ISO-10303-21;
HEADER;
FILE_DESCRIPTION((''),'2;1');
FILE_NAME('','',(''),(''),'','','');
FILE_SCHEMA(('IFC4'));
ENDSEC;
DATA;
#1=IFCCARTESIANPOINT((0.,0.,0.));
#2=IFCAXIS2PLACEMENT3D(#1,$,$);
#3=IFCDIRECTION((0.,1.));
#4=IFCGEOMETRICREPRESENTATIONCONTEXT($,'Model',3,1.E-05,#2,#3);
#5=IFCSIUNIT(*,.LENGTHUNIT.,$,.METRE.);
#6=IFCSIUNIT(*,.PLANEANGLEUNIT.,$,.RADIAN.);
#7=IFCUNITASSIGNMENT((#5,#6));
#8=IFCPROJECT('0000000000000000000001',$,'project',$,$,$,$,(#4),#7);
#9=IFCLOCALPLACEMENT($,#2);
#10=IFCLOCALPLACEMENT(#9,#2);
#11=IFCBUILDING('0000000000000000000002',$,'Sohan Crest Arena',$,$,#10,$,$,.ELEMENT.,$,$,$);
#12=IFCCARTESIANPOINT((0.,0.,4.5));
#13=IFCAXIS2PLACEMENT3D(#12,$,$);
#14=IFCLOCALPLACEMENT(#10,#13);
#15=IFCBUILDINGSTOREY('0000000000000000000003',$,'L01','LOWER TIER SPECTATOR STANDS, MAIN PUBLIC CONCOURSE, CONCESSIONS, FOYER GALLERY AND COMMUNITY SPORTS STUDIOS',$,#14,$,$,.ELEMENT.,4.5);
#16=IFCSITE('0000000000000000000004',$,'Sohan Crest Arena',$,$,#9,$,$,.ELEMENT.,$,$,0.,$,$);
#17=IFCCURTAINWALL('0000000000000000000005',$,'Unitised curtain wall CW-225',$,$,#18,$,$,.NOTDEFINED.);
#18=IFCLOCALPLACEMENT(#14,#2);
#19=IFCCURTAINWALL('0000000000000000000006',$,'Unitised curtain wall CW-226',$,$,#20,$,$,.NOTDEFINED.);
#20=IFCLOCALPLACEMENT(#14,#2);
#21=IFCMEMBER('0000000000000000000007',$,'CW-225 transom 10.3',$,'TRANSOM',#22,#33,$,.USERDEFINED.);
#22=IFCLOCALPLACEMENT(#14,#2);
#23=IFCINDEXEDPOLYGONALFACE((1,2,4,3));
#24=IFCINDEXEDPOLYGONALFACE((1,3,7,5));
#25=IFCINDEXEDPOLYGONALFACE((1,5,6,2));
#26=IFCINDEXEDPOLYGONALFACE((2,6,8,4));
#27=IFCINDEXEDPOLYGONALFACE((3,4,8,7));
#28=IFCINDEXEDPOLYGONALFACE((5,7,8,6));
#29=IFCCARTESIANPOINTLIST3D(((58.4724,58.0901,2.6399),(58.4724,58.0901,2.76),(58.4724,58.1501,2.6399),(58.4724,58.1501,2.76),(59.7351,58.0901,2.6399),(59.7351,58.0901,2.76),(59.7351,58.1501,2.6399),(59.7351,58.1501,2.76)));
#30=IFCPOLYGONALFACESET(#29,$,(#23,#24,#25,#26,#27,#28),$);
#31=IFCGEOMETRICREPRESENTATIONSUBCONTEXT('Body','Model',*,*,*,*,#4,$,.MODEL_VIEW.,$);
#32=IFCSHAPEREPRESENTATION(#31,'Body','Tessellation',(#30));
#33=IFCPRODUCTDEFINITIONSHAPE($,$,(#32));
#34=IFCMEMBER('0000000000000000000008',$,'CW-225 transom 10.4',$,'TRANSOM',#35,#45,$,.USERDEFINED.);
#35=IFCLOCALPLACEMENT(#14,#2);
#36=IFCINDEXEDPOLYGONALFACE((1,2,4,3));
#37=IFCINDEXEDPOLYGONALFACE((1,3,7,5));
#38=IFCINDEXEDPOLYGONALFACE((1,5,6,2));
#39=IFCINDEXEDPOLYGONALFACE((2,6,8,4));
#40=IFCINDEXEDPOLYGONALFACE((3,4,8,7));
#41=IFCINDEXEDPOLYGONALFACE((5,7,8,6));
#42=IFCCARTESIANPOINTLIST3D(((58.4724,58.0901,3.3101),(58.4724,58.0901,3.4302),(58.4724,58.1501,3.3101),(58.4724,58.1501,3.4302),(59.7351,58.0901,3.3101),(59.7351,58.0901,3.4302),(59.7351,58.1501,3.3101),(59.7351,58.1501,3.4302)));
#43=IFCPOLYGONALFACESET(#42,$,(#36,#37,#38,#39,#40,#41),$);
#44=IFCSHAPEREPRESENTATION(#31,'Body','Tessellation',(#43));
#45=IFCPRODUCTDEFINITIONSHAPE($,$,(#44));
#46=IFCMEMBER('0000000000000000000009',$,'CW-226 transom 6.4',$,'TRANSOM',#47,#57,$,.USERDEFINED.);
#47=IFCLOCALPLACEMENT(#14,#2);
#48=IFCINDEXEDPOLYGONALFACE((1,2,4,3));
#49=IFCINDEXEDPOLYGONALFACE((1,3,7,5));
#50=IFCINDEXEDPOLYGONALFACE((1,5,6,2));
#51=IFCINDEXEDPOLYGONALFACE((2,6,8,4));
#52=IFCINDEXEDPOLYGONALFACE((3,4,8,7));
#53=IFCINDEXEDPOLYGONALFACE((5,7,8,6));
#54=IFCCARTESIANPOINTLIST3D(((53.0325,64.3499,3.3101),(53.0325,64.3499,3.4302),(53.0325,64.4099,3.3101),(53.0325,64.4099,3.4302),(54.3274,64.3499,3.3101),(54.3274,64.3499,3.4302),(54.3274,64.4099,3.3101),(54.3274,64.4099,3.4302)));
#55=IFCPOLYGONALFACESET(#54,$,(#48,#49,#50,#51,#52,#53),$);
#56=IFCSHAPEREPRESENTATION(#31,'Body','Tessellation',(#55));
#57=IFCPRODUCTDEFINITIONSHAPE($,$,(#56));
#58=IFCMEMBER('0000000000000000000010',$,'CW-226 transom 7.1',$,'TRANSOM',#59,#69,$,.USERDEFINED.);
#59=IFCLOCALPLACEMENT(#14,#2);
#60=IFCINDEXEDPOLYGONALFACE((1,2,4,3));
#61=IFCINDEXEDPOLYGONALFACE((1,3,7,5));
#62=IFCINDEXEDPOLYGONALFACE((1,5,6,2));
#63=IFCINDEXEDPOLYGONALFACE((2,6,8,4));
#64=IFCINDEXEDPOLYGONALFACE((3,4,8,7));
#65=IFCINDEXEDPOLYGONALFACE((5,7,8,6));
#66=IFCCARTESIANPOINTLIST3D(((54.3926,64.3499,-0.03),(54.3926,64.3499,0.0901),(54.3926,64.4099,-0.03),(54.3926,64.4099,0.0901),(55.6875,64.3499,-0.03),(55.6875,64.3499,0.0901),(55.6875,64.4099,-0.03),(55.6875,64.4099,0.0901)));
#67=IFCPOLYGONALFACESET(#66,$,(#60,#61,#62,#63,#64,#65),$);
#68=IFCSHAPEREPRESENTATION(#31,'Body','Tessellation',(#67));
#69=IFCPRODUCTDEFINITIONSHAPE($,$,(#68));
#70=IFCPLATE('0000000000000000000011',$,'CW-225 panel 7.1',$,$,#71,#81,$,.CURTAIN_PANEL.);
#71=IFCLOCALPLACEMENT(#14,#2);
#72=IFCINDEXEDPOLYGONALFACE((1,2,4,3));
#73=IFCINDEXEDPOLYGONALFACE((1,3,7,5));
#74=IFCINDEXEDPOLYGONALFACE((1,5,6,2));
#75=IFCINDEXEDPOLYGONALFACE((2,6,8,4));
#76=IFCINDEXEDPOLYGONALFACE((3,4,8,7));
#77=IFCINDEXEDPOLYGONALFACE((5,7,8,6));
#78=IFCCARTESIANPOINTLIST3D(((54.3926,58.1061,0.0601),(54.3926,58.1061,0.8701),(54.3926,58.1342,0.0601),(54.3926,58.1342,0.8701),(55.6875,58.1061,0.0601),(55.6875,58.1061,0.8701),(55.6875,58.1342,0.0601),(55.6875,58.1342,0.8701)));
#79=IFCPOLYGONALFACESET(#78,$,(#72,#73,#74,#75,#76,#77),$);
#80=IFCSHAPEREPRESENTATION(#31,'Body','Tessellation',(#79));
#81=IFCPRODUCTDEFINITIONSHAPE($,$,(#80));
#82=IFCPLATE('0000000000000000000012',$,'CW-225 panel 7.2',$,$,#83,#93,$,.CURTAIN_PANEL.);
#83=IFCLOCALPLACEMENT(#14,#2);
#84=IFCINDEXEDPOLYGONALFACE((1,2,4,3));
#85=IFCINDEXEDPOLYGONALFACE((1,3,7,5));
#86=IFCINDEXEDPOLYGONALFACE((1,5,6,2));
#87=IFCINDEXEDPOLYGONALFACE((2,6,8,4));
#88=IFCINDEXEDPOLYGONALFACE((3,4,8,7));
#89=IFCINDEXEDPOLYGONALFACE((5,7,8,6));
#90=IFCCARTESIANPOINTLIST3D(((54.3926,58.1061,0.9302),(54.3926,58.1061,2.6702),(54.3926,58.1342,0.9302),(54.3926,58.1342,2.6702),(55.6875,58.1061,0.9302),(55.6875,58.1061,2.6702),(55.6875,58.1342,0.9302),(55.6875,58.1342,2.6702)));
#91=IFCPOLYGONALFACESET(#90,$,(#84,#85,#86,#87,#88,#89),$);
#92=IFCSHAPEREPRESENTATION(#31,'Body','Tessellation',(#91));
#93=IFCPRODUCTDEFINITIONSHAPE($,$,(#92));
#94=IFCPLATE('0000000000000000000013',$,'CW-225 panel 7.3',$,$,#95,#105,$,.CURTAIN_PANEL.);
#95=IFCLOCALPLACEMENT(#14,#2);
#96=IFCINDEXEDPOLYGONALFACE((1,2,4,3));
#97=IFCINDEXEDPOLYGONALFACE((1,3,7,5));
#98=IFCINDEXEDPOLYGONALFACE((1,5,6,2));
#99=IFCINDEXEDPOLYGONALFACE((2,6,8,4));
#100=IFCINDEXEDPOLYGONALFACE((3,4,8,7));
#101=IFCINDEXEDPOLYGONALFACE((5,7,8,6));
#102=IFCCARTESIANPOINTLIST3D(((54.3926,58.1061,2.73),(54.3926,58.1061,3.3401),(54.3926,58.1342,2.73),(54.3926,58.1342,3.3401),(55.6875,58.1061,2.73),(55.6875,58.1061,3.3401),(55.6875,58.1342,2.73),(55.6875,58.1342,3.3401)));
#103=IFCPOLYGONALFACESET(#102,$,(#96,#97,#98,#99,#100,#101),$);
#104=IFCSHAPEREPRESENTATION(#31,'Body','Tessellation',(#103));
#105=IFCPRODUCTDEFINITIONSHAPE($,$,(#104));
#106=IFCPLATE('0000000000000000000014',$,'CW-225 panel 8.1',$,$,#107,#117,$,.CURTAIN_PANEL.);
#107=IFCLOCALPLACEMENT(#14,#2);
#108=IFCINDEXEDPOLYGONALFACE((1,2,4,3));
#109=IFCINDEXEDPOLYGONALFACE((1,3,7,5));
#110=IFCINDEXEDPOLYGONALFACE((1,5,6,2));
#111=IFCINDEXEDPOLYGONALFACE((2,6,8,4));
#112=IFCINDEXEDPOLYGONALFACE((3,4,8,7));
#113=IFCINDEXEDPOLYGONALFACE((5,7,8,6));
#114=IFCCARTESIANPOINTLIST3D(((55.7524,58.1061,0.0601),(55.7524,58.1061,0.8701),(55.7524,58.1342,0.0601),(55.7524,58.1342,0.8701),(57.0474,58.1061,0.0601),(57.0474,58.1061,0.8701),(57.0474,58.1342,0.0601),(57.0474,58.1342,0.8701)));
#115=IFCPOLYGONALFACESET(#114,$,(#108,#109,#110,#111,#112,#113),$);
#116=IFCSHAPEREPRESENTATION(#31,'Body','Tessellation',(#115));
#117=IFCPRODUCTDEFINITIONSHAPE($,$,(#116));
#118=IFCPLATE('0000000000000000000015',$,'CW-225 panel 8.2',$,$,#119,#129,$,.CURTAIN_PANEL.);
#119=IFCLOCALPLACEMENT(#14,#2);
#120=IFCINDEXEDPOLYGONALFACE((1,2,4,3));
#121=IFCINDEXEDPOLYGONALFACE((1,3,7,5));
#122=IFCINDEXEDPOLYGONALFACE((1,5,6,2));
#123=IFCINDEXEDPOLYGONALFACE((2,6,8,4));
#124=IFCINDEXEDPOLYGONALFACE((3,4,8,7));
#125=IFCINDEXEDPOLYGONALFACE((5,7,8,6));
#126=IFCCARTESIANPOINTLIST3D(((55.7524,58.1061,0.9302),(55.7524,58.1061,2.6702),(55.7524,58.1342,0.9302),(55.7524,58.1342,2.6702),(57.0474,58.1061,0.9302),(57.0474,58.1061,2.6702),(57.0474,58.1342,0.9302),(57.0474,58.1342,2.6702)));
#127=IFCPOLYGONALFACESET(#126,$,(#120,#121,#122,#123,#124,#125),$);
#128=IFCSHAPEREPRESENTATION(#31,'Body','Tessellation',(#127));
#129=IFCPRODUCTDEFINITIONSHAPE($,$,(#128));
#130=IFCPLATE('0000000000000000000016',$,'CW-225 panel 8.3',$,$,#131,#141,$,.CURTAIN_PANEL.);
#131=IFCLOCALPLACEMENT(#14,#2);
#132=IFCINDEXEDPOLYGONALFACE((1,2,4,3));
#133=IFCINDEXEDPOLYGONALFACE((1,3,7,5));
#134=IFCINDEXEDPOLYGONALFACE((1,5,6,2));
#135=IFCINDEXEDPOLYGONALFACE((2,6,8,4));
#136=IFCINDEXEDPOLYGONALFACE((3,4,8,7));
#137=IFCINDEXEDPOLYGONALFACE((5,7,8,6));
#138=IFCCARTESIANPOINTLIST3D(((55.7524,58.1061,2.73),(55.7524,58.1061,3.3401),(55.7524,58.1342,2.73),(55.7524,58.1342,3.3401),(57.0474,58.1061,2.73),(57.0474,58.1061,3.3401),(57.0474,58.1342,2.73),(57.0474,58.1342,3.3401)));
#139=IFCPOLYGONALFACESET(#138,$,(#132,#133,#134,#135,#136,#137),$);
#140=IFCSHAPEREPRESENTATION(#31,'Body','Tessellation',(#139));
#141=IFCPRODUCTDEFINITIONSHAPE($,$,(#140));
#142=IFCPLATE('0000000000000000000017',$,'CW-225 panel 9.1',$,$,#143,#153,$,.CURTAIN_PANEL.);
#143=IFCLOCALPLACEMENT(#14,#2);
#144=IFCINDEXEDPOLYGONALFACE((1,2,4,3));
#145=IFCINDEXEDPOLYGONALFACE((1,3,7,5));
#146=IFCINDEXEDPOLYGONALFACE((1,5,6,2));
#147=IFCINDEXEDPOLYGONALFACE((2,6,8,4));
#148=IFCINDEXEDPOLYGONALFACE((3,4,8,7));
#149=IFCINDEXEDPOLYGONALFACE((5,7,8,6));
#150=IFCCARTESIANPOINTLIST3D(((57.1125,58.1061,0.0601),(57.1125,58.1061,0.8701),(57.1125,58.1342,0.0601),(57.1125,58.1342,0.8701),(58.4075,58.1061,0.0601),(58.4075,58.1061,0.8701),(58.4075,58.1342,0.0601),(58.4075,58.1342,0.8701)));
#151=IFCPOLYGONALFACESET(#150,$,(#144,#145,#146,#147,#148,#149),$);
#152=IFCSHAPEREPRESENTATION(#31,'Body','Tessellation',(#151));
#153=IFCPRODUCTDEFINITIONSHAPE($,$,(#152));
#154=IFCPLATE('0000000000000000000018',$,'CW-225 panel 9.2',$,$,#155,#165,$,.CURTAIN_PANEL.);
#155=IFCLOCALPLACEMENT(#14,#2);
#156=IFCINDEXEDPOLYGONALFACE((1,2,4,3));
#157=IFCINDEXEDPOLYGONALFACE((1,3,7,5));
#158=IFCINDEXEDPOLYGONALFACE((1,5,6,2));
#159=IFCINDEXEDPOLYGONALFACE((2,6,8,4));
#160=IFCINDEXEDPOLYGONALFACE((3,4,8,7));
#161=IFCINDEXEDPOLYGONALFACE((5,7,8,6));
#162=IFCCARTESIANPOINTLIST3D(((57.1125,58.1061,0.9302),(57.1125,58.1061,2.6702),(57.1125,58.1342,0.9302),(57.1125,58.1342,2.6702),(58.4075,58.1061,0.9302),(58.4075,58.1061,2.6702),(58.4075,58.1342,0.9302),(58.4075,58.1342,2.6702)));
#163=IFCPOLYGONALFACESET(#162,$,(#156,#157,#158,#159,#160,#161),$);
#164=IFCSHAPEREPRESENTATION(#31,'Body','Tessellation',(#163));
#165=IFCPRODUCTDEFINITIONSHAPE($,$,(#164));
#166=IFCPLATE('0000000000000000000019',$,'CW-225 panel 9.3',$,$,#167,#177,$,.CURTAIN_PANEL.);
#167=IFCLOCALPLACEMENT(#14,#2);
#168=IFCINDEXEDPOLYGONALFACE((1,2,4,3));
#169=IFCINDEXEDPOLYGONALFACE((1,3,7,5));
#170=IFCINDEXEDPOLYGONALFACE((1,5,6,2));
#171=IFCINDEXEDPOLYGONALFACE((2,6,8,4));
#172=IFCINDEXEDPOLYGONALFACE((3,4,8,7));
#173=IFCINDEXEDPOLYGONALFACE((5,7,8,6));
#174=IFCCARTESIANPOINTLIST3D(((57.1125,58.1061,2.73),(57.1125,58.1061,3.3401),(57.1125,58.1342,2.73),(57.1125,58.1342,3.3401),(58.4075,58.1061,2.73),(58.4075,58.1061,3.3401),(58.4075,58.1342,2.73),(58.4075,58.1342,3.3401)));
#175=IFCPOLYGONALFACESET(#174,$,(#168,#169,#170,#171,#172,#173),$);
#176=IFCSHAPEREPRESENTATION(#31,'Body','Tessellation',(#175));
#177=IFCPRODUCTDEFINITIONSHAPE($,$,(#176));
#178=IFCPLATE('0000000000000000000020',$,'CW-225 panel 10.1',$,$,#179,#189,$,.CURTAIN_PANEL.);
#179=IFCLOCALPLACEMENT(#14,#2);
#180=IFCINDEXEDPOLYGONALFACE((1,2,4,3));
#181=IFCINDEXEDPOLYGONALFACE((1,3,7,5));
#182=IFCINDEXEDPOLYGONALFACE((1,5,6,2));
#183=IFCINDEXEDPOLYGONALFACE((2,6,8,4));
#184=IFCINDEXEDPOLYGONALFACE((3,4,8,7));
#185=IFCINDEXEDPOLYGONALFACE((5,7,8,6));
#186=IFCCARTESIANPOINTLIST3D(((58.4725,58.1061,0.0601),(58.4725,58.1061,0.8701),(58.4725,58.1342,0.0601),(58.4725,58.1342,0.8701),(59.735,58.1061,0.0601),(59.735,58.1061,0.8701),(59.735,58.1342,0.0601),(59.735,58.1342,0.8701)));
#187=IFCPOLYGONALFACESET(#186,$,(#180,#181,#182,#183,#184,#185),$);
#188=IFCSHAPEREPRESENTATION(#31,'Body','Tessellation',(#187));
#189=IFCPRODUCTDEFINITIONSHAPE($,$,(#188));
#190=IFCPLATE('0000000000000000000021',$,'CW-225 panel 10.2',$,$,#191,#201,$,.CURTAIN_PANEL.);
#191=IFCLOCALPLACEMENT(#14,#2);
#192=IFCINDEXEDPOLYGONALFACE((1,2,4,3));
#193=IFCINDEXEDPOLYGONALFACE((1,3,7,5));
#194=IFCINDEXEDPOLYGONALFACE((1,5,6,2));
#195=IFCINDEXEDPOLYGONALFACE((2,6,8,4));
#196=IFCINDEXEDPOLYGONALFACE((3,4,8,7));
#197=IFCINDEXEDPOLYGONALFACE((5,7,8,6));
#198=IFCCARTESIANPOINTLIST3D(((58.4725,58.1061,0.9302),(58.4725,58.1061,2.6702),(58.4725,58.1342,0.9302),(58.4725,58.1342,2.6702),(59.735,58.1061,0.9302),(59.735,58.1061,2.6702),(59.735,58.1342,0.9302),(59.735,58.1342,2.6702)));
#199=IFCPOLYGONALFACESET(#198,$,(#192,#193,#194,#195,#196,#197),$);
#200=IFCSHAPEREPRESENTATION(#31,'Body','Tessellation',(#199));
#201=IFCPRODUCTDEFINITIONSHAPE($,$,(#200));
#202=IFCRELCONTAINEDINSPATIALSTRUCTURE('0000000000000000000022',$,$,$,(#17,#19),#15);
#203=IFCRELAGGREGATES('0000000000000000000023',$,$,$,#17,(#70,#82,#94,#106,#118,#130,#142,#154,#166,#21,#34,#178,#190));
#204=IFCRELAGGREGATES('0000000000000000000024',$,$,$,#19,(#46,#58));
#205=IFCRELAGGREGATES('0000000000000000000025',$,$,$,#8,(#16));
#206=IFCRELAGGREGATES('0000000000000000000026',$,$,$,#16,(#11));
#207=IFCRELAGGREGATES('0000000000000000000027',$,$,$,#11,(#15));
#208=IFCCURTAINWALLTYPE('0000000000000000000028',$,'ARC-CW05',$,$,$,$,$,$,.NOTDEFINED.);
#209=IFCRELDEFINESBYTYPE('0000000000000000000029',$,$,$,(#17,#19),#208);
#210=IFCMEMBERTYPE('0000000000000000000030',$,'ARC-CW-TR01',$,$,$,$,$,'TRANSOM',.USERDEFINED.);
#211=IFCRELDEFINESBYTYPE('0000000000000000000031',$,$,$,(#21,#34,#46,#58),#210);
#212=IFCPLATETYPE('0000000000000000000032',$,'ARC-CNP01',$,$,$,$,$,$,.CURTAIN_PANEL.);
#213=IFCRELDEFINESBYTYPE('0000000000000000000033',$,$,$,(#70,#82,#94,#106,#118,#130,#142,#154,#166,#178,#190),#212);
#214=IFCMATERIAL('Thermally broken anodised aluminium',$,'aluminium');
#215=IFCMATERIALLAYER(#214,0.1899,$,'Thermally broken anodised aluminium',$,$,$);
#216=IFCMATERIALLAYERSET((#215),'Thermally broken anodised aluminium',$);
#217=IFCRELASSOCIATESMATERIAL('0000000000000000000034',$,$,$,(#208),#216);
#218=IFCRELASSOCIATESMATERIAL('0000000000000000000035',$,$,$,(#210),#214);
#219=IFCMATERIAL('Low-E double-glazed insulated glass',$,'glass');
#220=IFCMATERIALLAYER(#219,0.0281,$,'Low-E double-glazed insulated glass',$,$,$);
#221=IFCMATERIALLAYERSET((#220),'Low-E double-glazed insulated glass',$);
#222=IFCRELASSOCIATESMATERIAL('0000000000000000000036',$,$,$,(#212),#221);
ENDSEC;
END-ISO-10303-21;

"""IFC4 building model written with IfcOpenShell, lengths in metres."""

from ifc_helpers import new_model, si_unit, direction, frame, origin, origin_2d, place, context, subcontext, project, spatial, rectangle, extrude, material, layer, layer_set, material_profile, profile_set, type_object, element, aggregate, save


model = new_model("IFC4")

# Units and contexts
model_context = context("Model", 3, precision=1e-05, world=origin(), true_north=direction((0.0, 1.0)))
body_context = subcontext(model_context, "Body", "Model", "MODEL_VIEW")
ifc_project = project(units=[si_unit("LENGTHUNIT", "METRE"), si_unit("PLANEANGLEUNIT", "RADIAN")], contexts=[model_context])

# Site, building, storey
site_placement = place(None, origin())
site = spatial("IfcSite", under=ifc_project, at=site_placement, Name="Sohan Crest Arena", CompositionType="ELEMENT", RefElevation=0.0)
building_placement = place(site_placement, origin())
building = spatial("IfcBuilding", under=site, at=building_placement, Name="Sohan Crest Arena", CompositionType="ELEMENT")
storey_placement = place(building_placement, frame((0.0, 0.0, 4.5)))
storey = spatial("IfcBuildingStorey", under=building, at=storey_placement, Name="L01", Description="LOWER TIER SPECTATOR STANDS, MAIN PUBLIC CONCOURSE, CONCESSIONS, FOYER GALLERY AND COMMUNITY SPORTS STUDIOS", CompositionType="ELEMENT", Elevation=4.5)

# Curtain wall
ifc_material_1 = material(Name="Thermally broken anodised aluminium", Category="aluminium")
ifc_layer_1 = layer(ifc_material_1, 0.1899, Name="Thermally broken anodised aluminium")
ifc_layer_set_1 = layer_set([ifc_layer_1], Name="Thermally broken anodised aluminium")
curtain_wall_type = type_object("IfcCurtainWallType", Name="ARC-CW05", PredefinedType="NOTDEFINED", material=ifc_layer_set_1)
curtain_wall_1_placement = place(storey_placement, origin())
curtain_wall_1 = element("IfcCurtainWall", 1, at=curtain_wall_1_placement, inside=storey, type_object=curtain_wall_type, Name="Unitised curtain wall CW-225", PredefinedType="NOTDEFINED")

# Curtain wall
curtain_wall_2_placement = place(storey_placement, origin())
curtain_wall_2 = element("IfcCurtainWall", 2, at=curtain_wall_2_placement, inside=storey, type_object=curtain_wall_type, Name="Unitised curtain wall CW-226", PredefinedType="NOTDEFINED")

# Members
ifc_material_profile_1 = material_profile(ifc_material_1, rectangle(XDim=0.0601, YDim=0.1201, at=origin_2d()), Name="ALU-TRAN 60x120")
ifc_profile_set_1 = profile_set([ifc_material_profile_1], Name="Thermally broken anodised aluminium")
member_type_1 = type_object("IfcMemberType", Name="ARC-CW-TR01", ElementType="TRANSOM", PredefinedType="USERDEFINED", material=ifc_profile_set_1)
member_1_placement = place(storey_placement, frame((58.4724, 58.1201, 2.7), z_axis=(1.0, 0.0, 0.0), x_axis=(0.0, 1.0, 0.0)))
member_1 = element("IfcMember", 3, at=member_1_placement, type_object=member_type_1, Name="CW-225 transom 10.3", ObjectType="TRANSOM", PredefinedType="USERDEFINED", context=body_context, shape_type="SweptSolid", body=[
    extrude(rectangle(XDim=0.0601, YDim=0.1201, at=origin_2d()), origin(), (0.0, 0.0, 1.0), 1.2627),
])
member_2_placement = place(storey_placement, frame((58.4724, 58.1201, 3.3701), z_axis=(1.0, 0.0, 0.0), x_axis=(0.0, 1.0, 0.0)))
member_2 = element("IfcMember", 4, at=member_2_placement, type_object=member_type_1, Name="CW-225 transom 10.4", ObjectType="TRANSOM", PredefinedType="USERDEFINED", context=body_context, shape_type="SweptSolid", body=[
    extrude(rectangle(XDim=0.0601, YDim=0.1201, at=origin_2d()), origin(), (0.0, 0.0, 1.0), 1.2627),
])
member_3_placement = place(storey_placement, frame((53.0325, 64.3799, 3.3701), z_axis=(1.0, 0.0, 0.0), x_axis=(0.0, 1.0, 0.0)))
member_3 = element("IfcMember", 5, at=member_3_placement, type_object=member_type_1, Name="CW-226 transom 6.4", ObjectType="TRANSOM", PredefinedType="USERDEFINED", context=body_context, shape_type="SweptSolid", body=[
    extrude(rectangle(XDim=0.0601, YDim=0.1201, at=origin_2d()), origin(), (0.0, 0.0, 1.0), 1.2949),
])
member_4_placement = place(storey_placement, frame((54.3926, 64.3799, 0.03), z_axis=(1.0, 0.0, 0.0), x_axis=(0.0, 1.0, 0.0)))
member_4 = element("IfcMember", 6, at=member_4_placement, type_object=member_type_1, Name="CW-226 transom 7.1", ObjectType="TRANSOM", PredefinedType="USERDEFINED", context=body_context, shape_type="SweptSolid", body=[
    extrude(rectangle(XDim=0.0601, YDim=0.1201, at=origin_2d()), origin(), (0.0, 0.0, 1.0), 1.2949),
])

# Plates
ifc_material_2 = material(Name="Low-E double-glazed insulated glass", Category="glass")
ifc_layer_2 = layer(ifc_material_2, 0.0281, Name="Low-E double-glazed insulated glass")
ifc_layer_set_2 = layer_set([ifc_layer_2], Name="Low-E double-glazed insulated glass")
plate_type = type_object("IfcPlateType", Name="ARC-CNP01", PredefinedType="CURTAIN_PANEL", material=ifc_layer_set_2)
plate_1_placement = place(storey_placement, frame((55.04, 58.1201, 0.0601), z_axis=(0.0, 0.0, 1.0), x_axis=(1.0, 0.0, 0.0)))
plate_1 = element("IfcPlate", 7, at=plate_1_placement, type_object=plate_type, Name="CW-225 panel 7.1", PredefinedType="CURTAIN_PANEL", context=body_context, shape_type="SweptSolid", body=[
    extrude(rectangle(XDim=1.2949, YDim=0.0281, at=origin_2d()), origin(), (0.0, 0.0, 1.0), 0.8101),
])
plate_2_placement = place(storey_placement, frame((55.04, 58.1201, 0.9302), z_axis=(0.0, 0.0, 1.0), x_axis=(1.0, 0.0, 0.0)))
plate_2 = element("IfcPlate", 8, at=plate_2_placement, type_object=plate_type, Name="CW-225 panel 7.2", PredefinedType="CURTAIN_PANEL", context=body_context, shape_type="SweptSolid", body=[
    extrude(rectangle(XDim=1.2949, YDim=0.0281, at=origin_2d()), origin(), (0.0, 0.0, 1.0), 1.74),
])
plate_3_placement = place(storey_placement, frame((55.04, 58.1201, 2.73), z_axis=(0.0, 0.0, 1.0), x_axis=(1.0, 0.0, 0.0)))
plate_3 = element("IfcPlate", 9, at=plate_3_placement, type_object=plate_type, Name="CW-225 panel 7.3", PredefinedType="CURTAIN_PANEL", context=body_context, shape_type="SweptSolid", body=[
    extrude(rectangle(XDim=1.2949, YDim=0.0281, at=origin_2d()), origin(), (0.0, 0.0, 1.0), 0.6101),
])
plate_4_placement = place(storey_placement, frame((56.3999, 58.1201, 0.0601), z_axis=(0.0, 0.0, 1.0), x_axis=(1.0, 0.0, 0.0)))
plate_4 = element("IfcPlate", 10, at=plate_4_placement, type_object=plate_type, Name="CW-225 panel 8.1", PredefinedType="CURTAIN_PANEL", context=body_context, shape_type="SweptSolid", body=[
    extrude(rectangle(XDim=1.2949, YDim=0.0281, at=origin_2d()), origin(), (0.0, 0.0, 1.0), 0.8101),
])
plate_5_placement = place(storey_placement, frame((56.3999, 58.1201, 0.9302), z_axis=(0.0, 0.0, 1.0), x_axis=(1.0, 0.0, 0.0)))
plate_5 = element("IfcPlate", 11, at=plate_5_placement, type_object=plate_type, Name="CW-225 panel 8.2", PredefinedType="CURTAIN_PANEL", context=body_context, shape_type="SweptSolid", body=[
    extrude(rectangle(XDim=1.2949, YDim=0.0281, at=origin_2d()), origin(), (0.0, 0.0, 1.0), 1.74),
])
plate_6_placement = place(storey_placement, frame((56.3999, 58.1201, 2.73), z_axis=(0.0, 0.0, 1.0), x_axis=(1.0, 0.0, 0.0)))
plate_6 = element("IfcPlate", 12, at=plate_6_placement, type_object=plate_type, Name="CW-225 panel 8.3", PredefinedType="CURTAIN_PANEL", context=body_context, shape_type="SweptSolid", body=[
    extrude(rectangle(XDim=1.2949, YDim=0.0281, at=origin_2d()), origin(), (0.0, 0.0, 1.0), 0.6101),
])
plate_7_placement = place(storey_placement, frame((57.76, 58.1201, 0.0601), z_axis=(0.0, 0.0, 1.0), x_axis=(1.0, 0.0, 0.0)))
plate_7 = element("IfcPlate", 13, at=plate_7_placement, type_object=plate_type, Name="CW-225 panel 9.1", PredefinedType="CURTAIN_PANEL", context=body_context, shape_type="SweptSolid", body=[
    extrude(rectangle(XDim=1.2949, YDim=0.0281, at=origin_2d()), origin(), (0.0, 0.0, 1.0), 0.8101),
])
plate_8_placement = place(storey_placement, frame((57.76, 58.1201, 0.9302), z_axis=(0.0, 0.0, 1.0), x_axis=(1.0, 0.0, 0.0)))
plate_8 = element("IfcPlate", 14, at=plate_8_placement, type_object=plate_type, Name="CW-225 panel 9.2", PredefinedType="CURTAIN_PANEL", context=body_context, shape_type="SweptSolid", body=[
    extrude(rectangle(XDim=1.2949, YDim=0.0281, at=origin_2d()), origin(), (0.0, 0.0, 1.0), 1.74),
])
plate_9_placement = place(storey_placement, frame((57.76, 58.1201, 2.73), z_axis=(0.0, 0.0, 1.0), x_axis=(1.0, 0.0, 0.0)))
plate_9 = element("IfcPlate", 15, at=plate_9_placement, type_object=plate_type, Name="CW-225 panel 9.3", PredefinedType="CURTAIN_PANEL", context=body_context, shape_type="SweptSolid", body=[
    extrude(rectangle(XDim=1.2949, YDim=0.0281, at=origin_2d()), origin(), (0.0, 0.0, 1.0), 0.6101),
])
plate_10_placement = place(storey_placement, frame((59.1038, 58.1201, 0.0601), z_axis=(0.0, 0.0, 1.0), x_axis=(1.0, 0.0, 0.0)))
plate_10 = element("IfcPlate", 16, at=plate_10_placement, type_object=plate_type, Name="CW-225 panel 10.1", PredefinedType="CURTAIN_PANEL", context=body_context, shape_type="SweptSolid", body=[
    extrude(rectangle(XDim=1.2625, YDim=0.0281, at=origin_2d()), origin(), (0.0, 0.0, 1.0), 0.8101),
])
plate_11_placement = place(storey_placement, frame((59.1038, 58.1201, 0.9302), z_axis=(0.0, 0.0, 1.0), x_axis=(1.0, 0.0, 0.0)))
plate_11 = element("IfcPlate", 17, at=plate_11_placement, type_object=plate_type, Name="CW-225 panel 10.2", PredefinedType="CURTAIN_PANEL", context=body_context, shape_type="SweptSolid", body=[
    extrude(rectangle(XDim=1.2625, YDim=0.0281, at=origin_2d()), origin(), (0.0, 0.0, 1.0), 1.74),
])
aggregate(curtain_wall_1, [plate_1, plate_2, plate_3, plate_4, plate_5, plate_6, plate_7, plate_8, plate_9, member_1, member_2, plate_10, plate_11])
aggregate(curtain_wall_2, [member_3, member_4])

save(model, "model.ifc")
